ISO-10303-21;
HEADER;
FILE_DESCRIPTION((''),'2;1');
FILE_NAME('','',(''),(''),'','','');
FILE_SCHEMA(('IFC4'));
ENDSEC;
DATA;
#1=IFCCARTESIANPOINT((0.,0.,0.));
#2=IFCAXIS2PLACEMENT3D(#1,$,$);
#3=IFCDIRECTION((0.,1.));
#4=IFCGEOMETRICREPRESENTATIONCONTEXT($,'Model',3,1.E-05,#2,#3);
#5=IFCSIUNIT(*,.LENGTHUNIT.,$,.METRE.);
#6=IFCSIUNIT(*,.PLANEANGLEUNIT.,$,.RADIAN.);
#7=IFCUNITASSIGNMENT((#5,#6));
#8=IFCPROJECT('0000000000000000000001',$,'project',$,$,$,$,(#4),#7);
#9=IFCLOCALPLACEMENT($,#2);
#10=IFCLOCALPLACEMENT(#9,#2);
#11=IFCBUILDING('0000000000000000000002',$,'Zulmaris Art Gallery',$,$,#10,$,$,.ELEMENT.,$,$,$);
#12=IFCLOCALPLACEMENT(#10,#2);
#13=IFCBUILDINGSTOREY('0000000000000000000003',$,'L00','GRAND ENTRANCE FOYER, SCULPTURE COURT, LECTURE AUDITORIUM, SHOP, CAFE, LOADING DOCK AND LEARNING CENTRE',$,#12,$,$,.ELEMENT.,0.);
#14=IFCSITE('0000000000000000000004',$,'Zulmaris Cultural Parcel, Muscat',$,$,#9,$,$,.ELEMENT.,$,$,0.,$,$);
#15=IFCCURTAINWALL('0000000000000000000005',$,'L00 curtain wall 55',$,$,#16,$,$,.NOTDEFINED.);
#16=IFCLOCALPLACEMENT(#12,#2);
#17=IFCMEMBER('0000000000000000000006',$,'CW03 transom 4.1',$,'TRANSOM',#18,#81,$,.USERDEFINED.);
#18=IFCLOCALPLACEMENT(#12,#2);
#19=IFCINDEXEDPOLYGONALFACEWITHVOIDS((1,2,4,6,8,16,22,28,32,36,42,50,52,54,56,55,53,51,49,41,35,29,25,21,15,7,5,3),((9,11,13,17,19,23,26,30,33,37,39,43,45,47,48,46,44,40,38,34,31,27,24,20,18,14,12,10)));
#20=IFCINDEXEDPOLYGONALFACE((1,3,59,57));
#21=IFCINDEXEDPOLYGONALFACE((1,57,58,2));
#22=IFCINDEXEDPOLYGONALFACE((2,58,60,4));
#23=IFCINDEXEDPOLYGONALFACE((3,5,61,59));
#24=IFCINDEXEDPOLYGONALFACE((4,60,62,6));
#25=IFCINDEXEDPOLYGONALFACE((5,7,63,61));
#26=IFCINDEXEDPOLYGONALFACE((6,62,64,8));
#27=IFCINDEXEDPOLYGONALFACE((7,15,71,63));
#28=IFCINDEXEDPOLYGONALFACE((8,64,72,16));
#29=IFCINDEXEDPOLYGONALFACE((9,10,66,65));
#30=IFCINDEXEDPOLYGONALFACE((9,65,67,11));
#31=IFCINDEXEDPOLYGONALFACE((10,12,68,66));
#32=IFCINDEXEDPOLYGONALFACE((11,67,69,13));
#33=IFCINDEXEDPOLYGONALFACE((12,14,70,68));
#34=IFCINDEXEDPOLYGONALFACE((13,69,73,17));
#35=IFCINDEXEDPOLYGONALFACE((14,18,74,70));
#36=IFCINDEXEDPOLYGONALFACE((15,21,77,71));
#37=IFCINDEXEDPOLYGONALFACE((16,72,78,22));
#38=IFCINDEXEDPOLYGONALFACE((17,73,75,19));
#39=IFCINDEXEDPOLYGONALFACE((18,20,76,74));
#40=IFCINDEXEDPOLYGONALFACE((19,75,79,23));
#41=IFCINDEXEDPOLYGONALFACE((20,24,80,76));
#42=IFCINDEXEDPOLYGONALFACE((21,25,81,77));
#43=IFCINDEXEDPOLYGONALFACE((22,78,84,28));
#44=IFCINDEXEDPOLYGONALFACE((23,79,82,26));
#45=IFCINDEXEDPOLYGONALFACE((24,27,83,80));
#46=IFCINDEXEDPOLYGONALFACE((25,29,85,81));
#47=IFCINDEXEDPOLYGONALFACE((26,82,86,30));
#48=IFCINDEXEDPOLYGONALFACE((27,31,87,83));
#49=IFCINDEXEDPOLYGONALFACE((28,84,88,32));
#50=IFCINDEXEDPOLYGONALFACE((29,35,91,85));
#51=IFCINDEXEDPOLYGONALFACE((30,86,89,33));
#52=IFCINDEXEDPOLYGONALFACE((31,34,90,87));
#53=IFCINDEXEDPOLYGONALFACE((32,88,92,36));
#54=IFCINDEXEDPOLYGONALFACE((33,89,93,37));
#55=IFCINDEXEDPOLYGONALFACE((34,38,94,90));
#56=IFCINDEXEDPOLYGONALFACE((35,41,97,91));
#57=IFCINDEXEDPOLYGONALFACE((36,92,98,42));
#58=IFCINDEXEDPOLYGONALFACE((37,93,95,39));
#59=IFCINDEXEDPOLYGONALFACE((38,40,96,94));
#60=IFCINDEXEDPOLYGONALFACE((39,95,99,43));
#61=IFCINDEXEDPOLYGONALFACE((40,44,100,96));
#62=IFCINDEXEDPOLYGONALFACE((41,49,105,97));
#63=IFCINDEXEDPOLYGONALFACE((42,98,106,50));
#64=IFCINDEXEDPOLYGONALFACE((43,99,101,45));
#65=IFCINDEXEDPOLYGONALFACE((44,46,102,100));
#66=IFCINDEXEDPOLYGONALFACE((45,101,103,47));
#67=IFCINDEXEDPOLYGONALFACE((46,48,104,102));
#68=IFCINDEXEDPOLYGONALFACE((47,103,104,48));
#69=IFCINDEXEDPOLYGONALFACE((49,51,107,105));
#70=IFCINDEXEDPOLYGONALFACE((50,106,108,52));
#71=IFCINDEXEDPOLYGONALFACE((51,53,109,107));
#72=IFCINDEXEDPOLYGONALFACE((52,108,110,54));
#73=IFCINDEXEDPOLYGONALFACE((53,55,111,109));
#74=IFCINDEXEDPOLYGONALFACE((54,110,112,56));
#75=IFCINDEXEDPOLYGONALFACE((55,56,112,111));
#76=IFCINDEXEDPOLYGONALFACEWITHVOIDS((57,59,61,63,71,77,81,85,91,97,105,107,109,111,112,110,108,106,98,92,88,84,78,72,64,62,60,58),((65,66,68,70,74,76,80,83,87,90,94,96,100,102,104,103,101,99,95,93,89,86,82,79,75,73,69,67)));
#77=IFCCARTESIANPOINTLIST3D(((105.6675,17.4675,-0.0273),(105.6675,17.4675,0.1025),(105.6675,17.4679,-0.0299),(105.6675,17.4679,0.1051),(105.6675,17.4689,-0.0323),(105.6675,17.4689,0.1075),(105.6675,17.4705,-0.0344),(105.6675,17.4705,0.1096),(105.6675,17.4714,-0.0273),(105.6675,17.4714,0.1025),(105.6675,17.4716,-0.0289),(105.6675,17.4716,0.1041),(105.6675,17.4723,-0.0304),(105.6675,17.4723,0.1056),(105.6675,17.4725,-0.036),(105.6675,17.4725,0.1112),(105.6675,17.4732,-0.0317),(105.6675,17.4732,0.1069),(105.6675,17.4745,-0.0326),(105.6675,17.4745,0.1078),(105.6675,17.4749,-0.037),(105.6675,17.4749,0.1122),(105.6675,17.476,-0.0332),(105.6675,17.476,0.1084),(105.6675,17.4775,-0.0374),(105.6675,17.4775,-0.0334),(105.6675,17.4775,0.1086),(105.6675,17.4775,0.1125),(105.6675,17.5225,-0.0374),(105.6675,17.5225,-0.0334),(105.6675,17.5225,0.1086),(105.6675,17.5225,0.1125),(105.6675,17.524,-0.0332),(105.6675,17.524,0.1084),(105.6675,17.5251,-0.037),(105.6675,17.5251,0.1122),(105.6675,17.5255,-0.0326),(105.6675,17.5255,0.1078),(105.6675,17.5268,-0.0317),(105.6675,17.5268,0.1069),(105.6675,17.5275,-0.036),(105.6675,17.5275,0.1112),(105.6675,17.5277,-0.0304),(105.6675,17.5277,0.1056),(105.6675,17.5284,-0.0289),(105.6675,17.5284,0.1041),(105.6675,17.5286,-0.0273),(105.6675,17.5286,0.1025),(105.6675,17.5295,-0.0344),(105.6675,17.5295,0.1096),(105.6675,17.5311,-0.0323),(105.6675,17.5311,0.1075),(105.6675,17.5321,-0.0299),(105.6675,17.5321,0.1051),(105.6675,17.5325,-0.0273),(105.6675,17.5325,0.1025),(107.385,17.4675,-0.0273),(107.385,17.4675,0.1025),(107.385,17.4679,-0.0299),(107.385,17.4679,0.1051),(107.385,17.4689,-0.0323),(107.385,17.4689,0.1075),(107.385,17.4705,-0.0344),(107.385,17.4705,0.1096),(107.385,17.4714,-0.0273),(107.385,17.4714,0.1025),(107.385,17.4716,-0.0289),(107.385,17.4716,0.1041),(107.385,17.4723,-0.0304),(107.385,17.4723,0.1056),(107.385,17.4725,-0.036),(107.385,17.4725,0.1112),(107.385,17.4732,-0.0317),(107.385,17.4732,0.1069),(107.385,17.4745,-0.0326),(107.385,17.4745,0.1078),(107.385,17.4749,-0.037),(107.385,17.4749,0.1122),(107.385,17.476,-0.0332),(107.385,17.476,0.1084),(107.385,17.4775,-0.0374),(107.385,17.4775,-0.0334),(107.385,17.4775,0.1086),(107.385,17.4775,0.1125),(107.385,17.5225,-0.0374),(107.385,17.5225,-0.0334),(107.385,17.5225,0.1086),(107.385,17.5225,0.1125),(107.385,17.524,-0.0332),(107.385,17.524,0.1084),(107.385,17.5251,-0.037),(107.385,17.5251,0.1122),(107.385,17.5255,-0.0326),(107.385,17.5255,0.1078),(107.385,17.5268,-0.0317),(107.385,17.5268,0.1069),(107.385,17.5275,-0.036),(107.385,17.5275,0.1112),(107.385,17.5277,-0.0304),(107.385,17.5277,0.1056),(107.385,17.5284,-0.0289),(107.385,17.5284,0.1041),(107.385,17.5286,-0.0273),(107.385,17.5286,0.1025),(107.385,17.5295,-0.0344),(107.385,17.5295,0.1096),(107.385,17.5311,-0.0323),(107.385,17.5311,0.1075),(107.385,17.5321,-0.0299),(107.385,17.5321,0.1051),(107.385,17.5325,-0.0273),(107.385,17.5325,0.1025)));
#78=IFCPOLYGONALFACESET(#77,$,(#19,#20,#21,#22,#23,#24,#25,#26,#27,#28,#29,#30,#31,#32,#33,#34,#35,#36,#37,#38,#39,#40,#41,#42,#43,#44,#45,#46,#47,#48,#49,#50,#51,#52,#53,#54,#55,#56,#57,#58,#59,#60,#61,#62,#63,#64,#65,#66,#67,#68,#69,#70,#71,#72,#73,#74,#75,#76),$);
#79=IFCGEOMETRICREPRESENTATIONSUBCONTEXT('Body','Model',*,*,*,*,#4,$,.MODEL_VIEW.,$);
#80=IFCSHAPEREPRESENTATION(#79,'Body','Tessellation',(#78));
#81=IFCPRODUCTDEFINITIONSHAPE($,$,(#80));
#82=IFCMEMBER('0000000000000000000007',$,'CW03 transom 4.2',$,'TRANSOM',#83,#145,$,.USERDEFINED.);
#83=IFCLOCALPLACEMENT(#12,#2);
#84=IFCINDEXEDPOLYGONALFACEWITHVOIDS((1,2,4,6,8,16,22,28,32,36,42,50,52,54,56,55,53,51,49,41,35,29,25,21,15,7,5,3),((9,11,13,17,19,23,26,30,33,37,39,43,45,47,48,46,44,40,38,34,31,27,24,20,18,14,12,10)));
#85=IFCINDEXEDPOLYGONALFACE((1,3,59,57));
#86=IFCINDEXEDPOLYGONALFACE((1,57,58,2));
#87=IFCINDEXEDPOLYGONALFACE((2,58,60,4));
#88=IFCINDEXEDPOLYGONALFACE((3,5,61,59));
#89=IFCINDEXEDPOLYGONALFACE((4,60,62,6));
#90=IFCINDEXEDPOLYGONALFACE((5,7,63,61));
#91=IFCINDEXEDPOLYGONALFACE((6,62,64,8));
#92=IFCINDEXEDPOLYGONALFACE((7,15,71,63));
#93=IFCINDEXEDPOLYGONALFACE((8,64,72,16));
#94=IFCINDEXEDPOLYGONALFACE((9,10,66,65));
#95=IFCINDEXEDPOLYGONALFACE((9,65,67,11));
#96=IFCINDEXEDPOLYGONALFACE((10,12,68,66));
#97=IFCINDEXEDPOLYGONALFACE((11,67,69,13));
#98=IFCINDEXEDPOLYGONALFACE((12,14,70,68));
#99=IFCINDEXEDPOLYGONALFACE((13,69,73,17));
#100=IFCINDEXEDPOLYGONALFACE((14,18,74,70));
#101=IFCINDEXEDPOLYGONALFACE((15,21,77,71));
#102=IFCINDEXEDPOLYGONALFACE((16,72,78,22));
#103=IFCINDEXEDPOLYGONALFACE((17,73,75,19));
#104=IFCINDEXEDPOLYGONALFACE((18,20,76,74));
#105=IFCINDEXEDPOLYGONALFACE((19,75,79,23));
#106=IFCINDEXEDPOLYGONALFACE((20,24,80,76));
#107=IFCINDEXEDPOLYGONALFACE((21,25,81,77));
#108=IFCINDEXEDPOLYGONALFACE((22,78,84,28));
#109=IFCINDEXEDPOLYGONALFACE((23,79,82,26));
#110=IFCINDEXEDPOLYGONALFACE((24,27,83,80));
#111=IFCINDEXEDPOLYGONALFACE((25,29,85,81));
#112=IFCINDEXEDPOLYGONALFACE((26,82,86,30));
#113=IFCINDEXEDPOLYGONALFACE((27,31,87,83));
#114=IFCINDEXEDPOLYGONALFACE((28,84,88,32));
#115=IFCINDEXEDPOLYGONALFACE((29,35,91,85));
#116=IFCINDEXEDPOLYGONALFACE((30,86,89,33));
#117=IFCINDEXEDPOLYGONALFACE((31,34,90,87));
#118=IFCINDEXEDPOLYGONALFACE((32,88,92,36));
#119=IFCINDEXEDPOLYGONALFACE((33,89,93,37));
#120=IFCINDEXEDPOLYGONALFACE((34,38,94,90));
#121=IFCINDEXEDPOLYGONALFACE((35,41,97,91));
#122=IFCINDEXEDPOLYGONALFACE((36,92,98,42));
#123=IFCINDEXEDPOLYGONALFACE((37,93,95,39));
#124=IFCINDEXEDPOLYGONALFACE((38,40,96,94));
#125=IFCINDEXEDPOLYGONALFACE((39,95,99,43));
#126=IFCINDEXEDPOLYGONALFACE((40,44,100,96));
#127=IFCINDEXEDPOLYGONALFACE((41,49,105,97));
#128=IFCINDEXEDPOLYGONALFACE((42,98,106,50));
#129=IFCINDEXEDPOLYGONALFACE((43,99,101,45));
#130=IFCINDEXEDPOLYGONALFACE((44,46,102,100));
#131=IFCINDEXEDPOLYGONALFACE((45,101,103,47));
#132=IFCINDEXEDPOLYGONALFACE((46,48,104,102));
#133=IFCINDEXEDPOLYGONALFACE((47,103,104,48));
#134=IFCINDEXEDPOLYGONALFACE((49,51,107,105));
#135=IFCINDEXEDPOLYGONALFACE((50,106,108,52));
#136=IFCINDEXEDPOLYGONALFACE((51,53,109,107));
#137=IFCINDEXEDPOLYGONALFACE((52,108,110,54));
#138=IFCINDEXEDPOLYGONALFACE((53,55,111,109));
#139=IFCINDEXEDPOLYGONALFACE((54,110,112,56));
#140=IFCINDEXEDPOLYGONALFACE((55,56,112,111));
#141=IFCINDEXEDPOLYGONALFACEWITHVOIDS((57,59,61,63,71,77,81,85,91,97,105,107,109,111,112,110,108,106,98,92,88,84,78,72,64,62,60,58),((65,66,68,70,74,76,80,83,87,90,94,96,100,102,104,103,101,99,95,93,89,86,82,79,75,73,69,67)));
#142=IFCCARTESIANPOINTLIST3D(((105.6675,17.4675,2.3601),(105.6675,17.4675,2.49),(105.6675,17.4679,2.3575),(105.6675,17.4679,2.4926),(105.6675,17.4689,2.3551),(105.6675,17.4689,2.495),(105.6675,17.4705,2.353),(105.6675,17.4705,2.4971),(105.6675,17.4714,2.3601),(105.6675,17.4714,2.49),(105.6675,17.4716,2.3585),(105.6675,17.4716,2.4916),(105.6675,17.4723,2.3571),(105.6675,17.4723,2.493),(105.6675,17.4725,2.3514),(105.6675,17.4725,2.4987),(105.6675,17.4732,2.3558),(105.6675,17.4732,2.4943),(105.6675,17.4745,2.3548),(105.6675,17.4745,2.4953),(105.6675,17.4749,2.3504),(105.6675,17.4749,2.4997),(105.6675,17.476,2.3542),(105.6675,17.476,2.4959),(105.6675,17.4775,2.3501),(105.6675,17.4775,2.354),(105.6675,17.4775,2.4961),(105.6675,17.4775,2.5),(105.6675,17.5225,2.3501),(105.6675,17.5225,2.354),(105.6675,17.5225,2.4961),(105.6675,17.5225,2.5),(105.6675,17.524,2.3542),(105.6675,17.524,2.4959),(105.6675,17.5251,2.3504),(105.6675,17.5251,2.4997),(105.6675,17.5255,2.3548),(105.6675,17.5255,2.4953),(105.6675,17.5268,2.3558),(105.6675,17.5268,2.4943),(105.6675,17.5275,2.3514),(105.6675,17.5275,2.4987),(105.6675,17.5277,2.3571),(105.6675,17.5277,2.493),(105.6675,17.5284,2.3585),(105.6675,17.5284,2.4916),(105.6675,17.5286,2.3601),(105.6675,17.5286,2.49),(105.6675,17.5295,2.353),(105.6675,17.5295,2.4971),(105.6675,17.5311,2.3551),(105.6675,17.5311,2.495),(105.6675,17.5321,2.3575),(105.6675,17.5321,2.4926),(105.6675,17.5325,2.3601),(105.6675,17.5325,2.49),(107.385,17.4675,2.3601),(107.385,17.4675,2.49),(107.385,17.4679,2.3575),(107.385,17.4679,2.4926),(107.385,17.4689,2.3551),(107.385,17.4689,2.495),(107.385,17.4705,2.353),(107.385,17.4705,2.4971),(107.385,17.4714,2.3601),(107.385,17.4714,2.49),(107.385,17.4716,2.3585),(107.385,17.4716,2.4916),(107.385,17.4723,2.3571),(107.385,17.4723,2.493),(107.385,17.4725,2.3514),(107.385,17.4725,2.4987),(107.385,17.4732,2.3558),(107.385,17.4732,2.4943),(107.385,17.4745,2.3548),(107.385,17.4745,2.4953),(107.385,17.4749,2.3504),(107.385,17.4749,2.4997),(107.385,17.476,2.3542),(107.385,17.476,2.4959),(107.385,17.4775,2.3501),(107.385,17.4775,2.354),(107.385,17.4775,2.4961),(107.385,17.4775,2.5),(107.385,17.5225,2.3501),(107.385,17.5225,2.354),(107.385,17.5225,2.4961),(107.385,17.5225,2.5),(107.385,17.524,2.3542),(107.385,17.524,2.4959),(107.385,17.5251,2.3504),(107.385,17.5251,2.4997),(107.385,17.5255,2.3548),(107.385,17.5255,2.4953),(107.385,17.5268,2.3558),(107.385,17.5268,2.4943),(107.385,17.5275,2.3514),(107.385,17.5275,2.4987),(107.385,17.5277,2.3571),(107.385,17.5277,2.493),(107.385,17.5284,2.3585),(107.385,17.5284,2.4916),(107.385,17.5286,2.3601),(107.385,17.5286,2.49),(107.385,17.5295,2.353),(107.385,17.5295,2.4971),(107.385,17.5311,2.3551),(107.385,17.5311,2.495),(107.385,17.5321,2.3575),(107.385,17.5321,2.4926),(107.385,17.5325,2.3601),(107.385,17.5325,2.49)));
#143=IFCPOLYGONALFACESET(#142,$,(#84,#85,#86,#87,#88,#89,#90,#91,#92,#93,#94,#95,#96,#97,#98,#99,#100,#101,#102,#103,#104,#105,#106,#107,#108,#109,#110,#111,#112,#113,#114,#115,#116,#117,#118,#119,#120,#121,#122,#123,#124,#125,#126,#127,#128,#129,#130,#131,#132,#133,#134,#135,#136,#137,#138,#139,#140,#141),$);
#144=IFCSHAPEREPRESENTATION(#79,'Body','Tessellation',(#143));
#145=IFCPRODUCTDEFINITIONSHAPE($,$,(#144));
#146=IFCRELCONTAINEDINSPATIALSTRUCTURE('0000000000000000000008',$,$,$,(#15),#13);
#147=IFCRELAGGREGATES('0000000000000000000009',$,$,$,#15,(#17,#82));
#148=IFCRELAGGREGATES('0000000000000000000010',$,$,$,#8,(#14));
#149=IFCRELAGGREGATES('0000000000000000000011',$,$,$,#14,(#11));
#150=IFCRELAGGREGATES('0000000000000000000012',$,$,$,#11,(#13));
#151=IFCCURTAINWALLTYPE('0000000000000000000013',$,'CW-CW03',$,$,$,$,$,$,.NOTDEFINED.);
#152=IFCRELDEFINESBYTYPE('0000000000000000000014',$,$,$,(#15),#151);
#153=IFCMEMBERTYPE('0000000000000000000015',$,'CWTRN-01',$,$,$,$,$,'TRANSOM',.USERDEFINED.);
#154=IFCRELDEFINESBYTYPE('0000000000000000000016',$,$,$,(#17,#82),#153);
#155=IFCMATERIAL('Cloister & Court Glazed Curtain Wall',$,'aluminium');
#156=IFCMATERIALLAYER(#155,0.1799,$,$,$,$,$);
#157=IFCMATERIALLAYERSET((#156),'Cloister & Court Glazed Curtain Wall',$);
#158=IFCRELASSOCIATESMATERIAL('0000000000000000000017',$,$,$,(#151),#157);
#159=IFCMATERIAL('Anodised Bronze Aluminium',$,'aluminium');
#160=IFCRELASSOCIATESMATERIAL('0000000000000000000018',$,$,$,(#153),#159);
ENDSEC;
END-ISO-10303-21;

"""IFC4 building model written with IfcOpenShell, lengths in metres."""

from ifc_helpers import new_model, si_unit, direction, frame, origin, origin_2d, place, context, subcontext, project, spatial, hollow_rectangle, extrude, material, layer, layer_set, material_profile, profile_set, type_object, element, aggregate, save


model = new_model("IFC4")

# Units and contexts
model_context = context("Model", 3, precision=1e-05, world=origin(), true_north=direction((0.0, 1.0)))
body_context = subcontext(model_context, "Body", "Model", "MODEL_VIEW")
ifc_project = project(units=[si_unit("LENGTHUNIT", "METRE"), si_unit("PLANEANGLEUNIT", "RADIAN")], contexts=[model_context])

# Site, building, storey
site_placement = place(None, origin())
site = spatial("IfcSite", under=ifc_project, at=site_placement, Name="Zulmaris Cultural Parcel, Muscat", CompositionType="ELEMENT", RefElevation=0.0)
building_placement = place(site_placement, origin())
building = spatial("IfcBuilding", under=site, at=building_placement, Name="Zulmaris Art Gallery", CompositionType="ELEMENT")
storey_placement = place(building_placement, origin())
storey = spatial("IfcBuildingStorey", under=building, at=storey_placement, Name="L00", Description="GRAND ENTRANCE FOYER, SCULPTURE COURT, LECTURE AUDITORIUM, SHOP, CAFE, LOADING DOCK AND LEARNING CENTRE", CompositionType="ELEMENT", Elevation=0.0)

# Curtain wall, members
ifc_material_1 = material(Name="Cloister & Court Glazed Curtain Wall", Category="aluminium")
ifc_layer_1 = layer(ifc_material_1, 0.1799)
ifc_layer_set_1 = layer_set([ifc_layer_1], Name="Cloister & Court Glazed Curtain Wall")
curtain_wall_type = type_object("IfcCurtainWallType", Name="CW-CW03", PredefinedType="NOTDEFINED", material=ifc_layer_set_1)
curtain_wall_placement = place(storey_placement, origin())
curtain_wall = element("IfcCurtainWall", 1, at=curtain_wall_placement, inside=storey, type_object=curtain_wall_type, Name="L00 curtain wall 55", PredefinedType="NOTDEFINED")
ifc_material_2 = material(Name="Anodised Bronze Aluminium", Category="aluminium")
ifc_material_profile_1 = material_profile(ifc_material_2, hollow_rectangle(XDim=0.0649, YDim=0.1499, WallThickness=0.0039, InnerFilletRadius=0.0061, OuterFilletRadius=0.01, at=origin_2d()), Name="ALU 65x150x4")
ifc_profile_set_1 = profile_set([ifc_material_profile_1], Name="Anodised Bronze Aluminium")
member_type_1 = type_object("IfcMemberType", Name="CWTRN-01", ElementType="TRANSOM", PredefinedType="USERDEFINED", material=ifc_profile_set_1)
member_1_placement = place(storey_placement, frame((105.6675, 17.5, 0.0376), z_axis=(1.0, 0.0, 0.0), x_axis=(0.0, 1.0, 0.0)))
member_1 = element("IfcMember", 2, at=member_1_placement, type_object=member_type_1, Name="CW03 transom 4.1", ObjectType="TRANSOM", PredefinedType="USERDEFINED", context=body_context, shape_type="SweptSolid", body=[
    extrude(hollow_rectangle(XDim=0.0649, YDim=0.1499, WallThickness=0.0039, InnerFilletRadius=0.0061, OuterFilletRadius=0.01, at=origin_2d()), origin(), (0.0, 0.0, 1.0), 1.7175),
])
member_2_placement = place(storey_placement, frame((105.6675, 17.5, 2.425), z_axis=(1.0, 0.0, 0.0), x_axis=(0.0, 1.0, 0.0)))
member_2 = element("IfcMember", 3, at=member_2_placement, type_object=member_type_1, Name="CW03 transom 4.2", ObjectType="TRANSOM", PredefinedType="USERDEFINED", context=body_context, shape_type="SweptSolid", body=[
    extrude(hollow_rectangle(XDim=0.0649, YDim=0.1499, WallThickness=0.0039, InnerFilletRadius=0.0061, OuterFilletRadius=0.01, at=origin_2d()), origin(), (0.0, 0.0, 1.0), 1.7175),
])
aggregate(curtain_wall, [member_1, member_2])

save(model, "model.ifc")
